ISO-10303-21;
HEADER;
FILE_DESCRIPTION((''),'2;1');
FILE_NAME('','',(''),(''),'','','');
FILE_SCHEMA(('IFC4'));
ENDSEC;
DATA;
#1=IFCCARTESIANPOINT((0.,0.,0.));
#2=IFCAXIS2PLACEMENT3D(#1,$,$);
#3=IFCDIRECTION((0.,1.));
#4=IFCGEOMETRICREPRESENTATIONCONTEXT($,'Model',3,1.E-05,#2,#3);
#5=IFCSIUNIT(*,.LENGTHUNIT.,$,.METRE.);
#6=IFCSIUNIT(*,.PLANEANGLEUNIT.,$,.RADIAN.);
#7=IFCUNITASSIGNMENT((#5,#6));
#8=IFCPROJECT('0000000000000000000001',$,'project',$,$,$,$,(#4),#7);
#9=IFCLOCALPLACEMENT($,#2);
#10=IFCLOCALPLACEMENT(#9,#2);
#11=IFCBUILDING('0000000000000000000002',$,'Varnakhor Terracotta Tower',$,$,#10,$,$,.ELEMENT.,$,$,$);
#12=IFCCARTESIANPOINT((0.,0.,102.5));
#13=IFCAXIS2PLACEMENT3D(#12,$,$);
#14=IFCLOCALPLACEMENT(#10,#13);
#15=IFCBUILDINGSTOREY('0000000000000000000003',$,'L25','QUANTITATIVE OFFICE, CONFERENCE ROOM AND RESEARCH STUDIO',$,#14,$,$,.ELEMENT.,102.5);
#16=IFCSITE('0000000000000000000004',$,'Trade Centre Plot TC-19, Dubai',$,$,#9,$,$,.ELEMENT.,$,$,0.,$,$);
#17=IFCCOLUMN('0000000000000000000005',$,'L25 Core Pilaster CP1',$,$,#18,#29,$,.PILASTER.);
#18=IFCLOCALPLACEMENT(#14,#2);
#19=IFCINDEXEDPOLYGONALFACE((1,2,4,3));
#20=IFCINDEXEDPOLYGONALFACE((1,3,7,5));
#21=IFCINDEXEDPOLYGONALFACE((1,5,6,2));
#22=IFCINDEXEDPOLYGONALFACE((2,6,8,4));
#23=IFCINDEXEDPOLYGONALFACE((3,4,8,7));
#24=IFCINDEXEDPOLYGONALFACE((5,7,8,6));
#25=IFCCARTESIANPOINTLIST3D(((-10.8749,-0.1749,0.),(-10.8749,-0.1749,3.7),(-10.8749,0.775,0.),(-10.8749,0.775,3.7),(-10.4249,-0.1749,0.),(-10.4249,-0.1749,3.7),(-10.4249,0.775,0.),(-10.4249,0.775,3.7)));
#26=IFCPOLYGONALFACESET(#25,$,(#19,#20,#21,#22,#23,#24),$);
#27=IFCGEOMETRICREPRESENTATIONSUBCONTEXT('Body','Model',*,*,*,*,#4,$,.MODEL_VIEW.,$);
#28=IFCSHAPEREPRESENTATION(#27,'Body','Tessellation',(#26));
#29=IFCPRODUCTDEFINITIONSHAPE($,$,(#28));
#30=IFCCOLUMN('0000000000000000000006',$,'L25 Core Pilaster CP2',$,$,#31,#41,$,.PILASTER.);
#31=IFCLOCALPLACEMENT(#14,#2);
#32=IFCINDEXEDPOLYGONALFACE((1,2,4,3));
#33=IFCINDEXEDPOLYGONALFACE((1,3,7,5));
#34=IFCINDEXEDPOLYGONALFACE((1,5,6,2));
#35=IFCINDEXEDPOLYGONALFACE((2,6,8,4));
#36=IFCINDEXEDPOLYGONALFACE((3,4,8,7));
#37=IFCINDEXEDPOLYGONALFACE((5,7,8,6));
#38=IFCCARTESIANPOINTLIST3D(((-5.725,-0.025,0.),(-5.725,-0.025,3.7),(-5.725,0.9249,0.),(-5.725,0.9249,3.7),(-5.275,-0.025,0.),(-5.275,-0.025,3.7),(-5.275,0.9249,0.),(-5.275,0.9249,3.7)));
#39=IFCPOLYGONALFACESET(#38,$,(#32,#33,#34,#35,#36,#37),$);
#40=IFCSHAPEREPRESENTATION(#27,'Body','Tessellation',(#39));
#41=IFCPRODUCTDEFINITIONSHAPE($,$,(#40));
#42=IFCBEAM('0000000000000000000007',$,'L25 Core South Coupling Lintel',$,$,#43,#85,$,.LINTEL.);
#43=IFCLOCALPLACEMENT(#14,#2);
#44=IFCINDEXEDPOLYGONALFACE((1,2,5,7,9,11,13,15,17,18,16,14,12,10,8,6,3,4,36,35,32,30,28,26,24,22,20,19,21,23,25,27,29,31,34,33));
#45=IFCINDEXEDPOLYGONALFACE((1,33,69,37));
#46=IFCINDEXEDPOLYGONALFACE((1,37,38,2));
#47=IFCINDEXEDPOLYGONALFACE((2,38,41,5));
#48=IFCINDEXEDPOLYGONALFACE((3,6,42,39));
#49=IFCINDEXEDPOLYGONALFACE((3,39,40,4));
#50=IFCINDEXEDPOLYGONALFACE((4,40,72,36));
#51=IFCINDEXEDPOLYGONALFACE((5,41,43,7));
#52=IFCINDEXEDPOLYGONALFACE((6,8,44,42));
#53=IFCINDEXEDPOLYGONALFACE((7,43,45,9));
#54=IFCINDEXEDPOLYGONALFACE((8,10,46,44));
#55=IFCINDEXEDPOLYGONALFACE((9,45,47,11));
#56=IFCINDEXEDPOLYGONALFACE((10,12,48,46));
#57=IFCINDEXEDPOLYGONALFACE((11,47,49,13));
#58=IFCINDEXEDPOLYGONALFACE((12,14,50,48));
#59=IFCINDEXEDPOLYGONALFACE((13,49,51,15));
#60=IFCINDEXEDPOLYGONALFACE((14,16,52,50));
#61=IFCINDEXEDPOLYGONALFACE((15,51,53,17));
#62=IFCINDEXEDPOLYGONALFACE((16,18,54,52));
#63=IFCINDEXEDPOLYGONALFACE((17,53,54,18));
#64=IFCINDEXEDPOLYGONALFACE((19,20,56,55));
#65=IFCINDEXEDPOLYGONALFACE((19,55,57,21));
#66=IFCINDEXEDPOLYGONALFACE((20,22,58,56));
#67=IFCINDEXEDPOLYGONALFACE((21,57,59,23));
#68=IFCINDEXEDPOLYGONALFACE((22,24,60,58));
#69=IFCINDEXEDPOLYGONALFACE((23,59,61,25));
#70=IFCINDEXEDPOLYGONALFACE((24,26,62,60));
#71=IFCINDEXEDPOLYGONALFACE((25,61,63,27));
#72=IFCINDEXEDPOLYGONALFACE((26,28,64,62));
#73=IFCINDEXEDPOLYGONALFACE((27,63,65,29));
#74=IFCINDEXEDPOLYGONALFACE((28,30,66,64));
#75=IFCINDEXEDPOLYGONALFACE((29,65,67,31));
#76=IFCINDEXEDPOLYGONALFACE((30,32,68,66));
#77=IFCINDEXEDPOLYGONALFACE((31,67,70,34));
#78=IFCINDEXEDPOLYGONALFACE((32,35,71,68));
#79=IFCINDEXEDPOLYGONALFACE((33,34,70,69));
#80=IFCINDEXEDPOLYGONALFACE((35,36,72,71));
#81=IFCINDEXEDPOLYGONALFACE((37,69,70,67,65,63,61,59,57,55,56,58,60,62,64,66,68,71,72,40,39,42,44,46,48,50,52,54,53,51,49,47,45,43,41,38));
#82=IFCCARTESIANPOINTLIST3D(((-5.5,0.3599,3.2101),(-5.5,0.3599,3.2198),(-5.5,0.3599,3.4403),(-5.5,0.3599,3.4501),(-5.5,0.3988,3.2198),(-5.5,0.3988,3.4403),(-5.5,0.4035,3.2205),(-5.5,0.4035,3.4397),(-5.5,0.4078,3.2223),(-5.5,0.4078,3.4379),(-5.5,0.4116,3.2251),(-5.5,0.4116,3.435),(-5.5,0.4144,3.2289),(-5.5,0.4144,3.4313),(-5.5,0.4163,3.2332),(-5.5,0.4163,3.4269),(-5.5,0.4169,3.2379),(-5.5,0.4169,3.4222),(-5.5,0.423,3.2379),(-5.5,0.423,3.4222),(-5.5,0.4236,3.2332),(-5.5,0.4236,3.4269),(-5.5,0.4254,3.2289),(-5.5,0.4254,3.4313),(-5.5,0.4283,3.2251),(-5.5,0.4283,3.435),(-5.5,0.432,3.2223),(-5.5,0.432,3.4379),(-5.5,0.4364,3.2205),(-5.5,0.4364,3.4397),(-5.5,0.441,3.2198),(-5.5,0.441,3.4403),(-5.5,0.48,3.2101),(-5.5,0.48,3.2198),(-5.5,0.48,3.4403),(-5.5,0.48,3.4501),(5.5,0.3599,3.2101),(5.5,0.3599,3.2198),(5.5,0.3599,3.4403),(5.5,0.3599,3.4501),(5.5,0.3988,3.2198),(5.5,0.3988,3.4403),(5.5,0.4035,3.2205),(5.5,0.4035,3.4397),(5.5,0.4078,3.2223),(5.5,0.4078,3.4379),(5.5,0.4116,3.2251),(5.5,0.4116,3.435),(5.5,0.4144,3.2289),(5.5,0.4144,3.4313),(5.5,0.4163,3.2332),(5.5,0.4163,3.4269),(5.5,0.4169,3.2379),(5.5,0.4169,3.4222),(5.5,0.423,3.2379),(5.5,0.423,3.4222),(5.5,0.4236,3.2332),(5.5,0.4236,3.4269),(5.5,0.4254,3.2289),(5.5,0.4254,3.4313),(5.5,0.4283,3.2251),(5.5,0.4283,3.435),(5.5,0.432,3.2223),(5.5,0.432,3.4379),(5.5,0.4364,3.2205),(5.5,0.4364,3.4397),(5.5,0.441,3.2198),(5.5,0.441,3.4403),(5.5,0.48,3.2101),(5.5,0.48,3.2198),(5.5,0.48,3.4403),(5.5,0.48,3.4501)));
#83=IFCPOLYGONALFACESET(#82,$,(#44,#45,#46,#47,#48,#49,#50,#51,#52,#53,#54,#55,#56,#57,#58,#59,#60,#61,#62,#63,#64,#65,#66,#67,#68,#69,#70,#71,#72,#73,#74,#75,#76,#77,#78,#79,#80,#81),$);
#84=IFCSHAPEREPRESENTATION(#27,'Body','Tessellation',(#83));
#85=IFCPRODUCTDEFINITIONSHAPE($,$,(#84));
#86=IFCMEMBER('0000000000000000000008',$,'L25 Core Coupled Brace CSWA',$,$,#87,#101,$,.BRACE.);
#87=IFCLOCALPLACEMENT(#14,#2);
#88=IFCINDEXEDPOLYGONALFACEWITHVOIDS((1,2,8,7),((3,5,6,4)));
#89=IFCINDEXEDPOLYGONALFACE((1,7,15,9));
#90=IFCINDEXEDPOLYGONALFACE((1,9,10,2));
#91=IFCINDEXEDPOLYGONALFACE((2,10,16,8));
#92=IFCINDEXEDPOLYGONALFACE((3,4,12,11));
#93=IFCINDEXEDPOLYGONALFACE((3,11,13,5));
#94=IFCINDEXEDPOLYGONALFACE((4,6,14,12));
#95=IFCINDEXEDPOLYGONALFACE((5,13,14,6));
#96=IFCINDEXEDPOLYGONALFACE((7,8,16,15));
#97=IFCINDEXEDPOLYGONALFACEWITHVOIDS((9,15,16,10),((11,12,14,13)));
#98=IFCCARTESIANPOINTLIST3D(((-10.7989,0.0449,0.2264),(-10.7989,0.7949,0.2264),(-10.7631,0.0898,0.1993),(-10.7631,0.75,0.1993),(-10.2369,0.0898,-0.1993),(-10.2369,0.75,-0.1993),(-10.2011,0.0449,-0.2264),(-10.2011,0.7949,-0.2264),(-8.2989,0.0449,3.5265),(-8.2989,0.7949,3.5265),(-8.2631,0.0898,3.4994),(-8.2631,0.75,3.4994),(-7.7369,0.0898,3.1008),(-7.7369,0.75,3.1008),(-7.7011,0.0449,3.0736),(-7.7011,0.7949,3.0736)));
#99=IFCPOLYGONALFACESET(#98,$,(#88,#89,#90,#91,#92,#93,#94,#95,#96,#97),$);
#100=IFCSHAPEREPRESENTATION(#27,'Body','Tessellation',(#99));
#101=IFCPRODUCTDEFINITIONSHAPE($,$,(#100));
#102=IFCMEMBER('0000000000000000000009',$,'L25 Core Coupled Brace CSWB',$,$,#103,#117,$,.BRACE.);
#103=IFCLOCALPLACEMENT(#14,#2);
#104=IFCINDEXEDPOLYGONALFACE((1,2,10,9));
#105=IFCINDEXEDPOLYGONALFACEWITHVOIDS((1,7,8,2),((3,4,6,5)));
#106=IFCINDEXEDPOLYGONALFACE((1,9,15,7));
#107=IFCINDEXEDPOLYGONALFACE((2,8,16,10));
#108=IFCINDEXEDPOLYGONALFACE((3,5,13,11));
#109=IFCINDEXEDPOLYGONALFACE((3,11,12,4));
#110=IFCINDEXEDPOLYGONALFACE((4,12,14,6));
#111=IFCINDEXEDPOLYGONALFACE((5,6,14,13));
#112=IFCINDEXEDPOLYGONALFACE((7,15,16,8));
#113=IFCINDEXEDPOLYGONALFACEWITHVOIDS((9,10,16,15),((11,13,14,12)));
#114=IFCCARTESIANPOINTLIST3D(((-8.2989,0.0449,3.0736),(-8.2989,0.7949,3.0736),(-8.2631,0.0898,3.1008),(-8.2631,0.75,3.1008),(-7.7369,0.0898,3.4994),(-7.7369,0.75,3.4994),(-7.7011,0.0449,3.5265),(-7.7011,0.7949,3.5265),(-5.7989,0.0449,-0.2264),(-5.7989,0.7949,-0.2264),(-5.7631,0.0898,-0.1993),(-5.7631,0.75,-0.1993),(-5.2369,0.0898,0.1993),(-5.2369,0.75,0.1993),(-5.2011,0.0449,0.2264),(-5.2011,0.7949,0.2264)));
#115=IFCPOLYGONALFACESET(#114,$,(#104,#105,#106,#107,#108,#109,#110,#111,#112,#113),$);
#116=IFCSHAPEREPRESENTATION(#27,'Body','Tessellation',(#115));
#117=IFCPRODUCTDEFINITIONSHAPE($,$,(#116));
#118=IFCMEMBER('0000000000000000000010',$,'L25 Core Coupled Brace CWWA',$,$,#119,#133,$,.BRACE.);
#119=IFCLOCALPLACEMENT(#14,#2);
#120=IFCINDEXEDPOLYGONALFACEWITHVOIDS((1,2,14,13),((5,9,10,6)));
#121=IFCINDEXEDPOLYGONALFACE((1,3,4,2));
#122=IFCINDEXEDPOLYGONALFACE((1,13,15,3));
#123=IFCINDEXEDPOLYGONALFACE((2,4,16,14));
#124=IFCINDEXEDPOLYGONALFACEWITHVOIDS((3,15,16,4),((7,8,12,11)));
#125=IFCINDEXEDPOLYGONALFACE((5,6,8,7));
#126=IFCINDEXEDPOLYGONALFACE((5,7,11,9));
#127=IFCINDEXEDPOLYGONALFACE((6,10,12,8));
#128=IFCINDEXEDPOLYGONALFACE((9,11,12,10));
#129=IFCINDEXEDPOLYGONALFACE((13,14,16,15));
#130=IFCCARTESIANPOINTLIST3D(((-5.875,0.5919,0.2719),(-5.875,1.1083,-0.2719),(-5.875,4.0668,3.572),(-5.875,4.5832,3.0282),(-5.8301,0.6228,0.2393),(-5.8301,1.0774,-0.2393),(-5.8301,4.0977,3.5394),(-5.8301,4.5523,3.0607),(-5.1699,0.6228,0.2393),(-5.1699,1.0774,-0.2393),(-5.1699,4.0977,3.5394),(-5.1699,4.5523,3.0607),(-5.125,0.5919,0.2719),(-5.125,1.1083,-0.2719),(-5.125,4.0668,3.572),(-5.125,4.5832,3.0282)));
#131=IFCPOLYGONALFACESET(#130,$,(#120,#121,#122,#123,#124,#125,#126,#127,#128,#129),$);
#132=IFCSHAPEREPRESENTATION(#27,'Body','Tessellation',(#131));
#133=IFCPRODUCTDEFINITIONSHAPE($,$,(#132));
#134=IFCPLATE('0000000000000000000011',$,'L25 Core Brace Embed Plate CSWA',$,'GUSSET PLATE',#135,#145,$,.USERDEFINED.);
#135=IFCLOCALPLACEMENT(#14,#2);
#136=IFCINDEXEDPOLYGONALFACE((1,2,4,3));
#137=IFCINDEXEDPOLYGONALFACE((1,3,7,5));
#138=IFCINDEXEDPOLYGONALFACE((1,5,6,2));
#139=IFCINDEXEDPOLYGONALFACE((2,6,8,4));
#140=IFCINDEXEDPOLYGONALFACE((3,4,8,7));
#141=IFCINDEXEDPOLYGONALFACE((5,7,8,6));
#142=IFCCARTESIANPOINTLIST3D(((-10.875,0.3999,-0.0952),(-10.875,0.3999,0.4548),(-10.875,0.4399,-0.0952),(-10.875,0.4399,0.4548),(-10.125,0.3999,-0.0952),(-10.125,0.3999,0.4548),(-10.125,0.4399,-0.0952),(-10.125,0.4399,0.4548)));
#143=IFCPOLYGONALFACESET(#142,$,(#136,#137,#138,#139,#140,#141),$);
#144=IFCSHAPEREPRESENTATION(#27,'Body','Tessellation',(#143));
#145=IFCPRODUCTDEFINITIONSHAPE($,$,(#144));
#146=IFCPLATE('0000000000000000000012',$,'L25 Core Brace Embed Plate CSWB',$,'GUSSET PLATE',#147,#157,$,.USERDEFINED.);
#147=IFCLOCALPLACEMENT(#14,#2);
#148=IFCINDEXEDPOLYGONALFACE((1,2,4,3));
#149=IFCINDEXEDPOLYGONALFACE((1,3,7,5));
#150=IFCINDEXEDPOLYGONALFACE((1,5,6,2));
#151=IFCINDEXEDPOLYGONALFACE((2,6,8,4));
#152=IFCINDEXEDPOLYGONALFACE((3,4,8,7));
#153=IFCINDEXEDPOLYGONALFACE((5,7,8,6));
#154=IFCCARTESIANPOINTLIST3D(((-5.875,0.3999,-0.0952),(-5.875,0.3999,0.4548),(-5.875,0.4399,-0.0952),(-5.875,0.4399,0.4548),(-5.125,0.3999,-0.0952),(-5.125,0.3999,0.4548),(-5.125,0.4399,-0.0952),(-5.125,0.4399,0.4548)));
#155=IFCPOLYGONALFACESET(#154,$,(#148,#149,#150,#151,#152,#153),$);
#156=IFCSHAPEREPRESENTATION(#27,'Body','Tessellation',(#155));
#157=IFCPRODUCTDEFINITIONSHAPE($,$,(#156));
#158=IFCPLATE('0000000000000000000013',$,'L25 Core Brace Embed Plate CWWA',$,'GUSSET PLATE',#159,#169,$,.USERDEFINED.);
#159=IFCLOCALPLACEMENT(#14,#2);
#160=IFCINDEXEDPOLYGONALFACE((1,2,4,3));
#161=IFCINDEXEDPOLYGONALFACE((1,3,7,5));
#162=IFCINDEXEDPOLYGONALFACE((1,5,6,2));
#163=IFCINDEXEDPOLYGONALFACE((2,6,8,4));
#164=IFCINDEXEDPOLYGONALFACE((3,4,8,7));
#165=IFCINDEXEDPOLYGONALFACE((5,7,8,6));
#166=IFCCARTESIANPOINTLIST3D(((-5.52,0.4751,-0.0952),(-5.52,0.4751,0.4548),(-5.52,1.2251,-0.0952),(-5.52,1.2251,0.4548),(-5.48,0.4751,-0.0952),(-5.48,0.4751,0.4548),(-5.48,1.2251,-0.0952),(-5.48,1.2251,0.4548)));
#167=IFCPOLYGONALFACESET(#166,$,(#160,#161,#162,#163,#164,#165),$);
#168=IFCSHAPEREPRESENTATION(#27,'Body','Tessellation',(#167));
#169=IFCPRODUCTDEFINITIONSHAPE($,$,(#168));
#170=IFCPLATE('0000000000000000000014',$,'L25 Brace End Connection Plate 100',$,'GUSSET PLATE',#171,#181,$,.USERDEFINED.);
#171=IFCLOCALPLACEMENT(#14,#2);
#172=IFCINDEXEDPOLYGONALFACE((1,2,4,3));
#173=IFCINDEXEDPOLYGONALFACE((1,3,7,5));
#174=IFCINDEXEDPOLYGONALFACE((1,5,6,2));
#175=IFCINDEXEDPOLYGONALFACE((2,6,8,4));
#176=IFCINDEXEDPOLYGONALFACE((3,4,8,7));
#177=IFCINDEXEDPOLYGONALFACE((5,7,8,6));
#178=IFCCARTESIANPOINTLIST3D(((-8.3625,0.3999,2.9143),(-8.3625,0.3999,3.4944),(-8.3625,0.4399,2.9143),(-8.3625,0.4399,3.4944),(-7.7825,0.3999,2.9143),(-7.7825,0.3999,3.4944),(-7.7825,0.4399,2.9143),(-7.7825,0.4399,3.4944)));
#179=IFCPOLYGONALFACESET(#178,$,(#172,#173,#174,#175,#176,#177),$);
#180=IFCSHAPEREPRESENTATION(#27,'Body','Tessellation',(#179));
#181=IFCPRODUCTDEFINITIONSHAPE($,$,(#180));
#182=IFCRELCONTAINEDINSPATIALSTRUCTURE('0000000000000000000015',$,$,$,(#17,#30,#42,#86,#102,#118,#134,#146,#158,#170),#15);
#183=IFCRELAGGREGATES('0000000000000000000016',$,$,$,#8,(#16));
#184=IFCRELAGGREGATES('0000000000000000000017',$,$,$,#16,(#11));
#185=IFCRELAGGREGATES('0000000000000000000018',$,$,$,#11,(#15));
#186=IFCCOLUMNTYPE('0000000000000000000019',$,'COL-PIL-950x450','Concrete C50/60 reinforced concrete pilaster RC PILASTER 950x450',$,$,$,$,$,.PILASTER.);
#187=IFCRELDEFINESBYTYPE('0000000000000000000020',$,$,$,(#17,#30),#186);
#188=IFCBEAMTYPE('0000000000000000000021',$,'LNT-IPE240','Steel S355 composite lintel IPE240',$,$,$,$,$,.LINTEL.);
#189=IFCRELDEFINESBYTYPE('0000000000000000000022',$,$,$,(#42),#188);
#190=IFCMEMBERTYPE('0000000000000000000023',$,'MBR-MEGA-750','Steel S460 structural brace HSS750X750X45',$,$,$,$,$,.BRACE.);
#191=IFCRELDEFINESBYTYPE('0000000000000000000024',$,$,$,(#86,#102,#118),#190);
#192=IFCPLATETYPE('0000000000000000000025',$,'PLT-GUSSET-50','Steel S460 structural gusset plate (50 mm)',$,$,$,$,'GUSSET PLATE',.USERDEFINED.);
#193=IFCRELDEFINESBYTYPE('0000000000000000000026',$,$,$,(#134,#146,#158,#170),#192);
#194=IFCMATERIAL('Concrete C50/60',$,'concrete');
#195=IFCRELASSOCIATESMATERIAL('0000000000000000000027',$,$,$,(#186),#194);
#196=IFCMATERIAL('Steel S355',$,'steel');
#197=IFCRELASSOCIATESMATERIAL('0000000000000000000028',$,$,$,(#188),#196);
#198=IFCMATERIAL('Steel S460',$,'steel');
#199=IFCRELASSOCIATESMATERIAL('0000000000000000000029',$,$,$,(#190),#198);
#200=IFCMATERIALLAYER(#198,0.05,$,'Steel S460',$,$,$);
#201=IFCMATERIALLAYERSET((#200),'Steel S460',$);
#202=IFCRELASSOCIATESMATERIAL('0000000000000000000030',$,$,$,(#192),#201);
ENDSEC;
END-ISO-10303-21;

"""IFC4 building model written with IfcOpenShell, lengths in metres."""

from ifc_helpers import new_model, si_unit, direction, frame, origin, origin_2d, place, context, subcontext, project, spatial, rectangle, hollow_rectangle, i_section, extrude, source, transform, mapped, material, layer, layer_set, material_profile, profile_set, type_object, type_shapes, element, save


model = new_model("IFC4")

# Units and contexts
model_context = context("Model", 3, precision=1e-05, world=origin(), true_north=direction((0.0, 1.0)))
body_context = subcontext(model_context, "Body", "Model", "MODEL_VIEW")
ifc_project = project(units=[si_unit("LENGTHUNIT", "METRE"), si_unit("PLANEANGLEUNIT", "RADIAN")], contexts=[model_context])

# Site, building, storey
site_placement = place(None, origin())
site = spatial("IfcSite", under=ifc_project, at=site_placement, Name="Trade Centre Plot TC-19, Dubai", CompositionType="ELEMENT", RefElevation=0.0)
building_placement = place(site_placement, origin())
building = spatial("IfcBuilding", under=site, at=building_placement, Name="Varnakhor Terracotta Tower", CompositionType="ELEMENT")
storey_placement = place(building_placement, frame((0.0, 0.0, 102.5)))
storey = spatial("IfcBuildingStorey", under=building, at=storey_placement, Name="L25", Description="QUANTITATIVE OFFICE, CONFERENCE ROOM AND RESEARCH STUDIO", CompositionType="ELEMENT", Elevation=102.5)

# Columns
ifc_material_1 = material(Name="Concrete C50/60", Category="concrete")
ifc_material_profile_1 = material_profile(ifc_material_1, rectangle(XDim=0.45, YDim=0.95, at=origin_2d()), Name="RC PILASTER 950x450")
ifc_profile_set_1 = profile_set([ifc_material_profile_1], Name="Concrete C50/60")
column_type = type_object("IfcColumnType", Name="COL-PIL-950x450", Description="Concrete C50/60 reinforced concrete pilaster RC PILASTER 950x450", PredefinedType="PILASTER", material=ifc_profile_set_1)
shared_shape_1 = source(origin(), body_context, "Body", "SweptSolid", [
    extrude(rectangle(XDim=0.45, YDim=0.95, at=origin_2d()), origin(), (0.0, 0.0, 1.0), 3.7),
])
for number, where, z_axis, x_axis, name in (
    (1, (-10.6499, 0.3, 0.0), (0.0, 0.0, 1.0), (1.0, 0.0, 0.0), "L25 Core Pilaster CP1"),
    (2, (-5.5, 0.45, 0.0), (0.0, 0.0, 1.0), (1.0, 0.0, 0.0), "L25 Core Pilaster CP2"),
):
    element("IfcColumn", number, at=place(storey_placement, frame(where, z_axis=z_axis, x_axis=x_axis)), inside=storey, type_object=column_type, Name=name, PredefinedType="PILASTER", context=body_context, shape_type="MappedRepresentation", body=[
        mapped(shared_shape_1, transform((0.0, 0.0, 0.0), scale=1.0)),
    ])

# Beam
ifc_material_2 = material(Name="Steel S355", Category="steel")
ifc_material_profile_2 = material_profile(ifc_material_2, i_section(OverallWidth=0.1201, OverallDepth=0.24, WebThickness=0.0061, FlangeThickness=0.0098, FilletRadius=0.0181, at=origin_2d()), Name="IPE240")
ifc_profile_set_2 = profile_set([ifc_material_profile_2], Name="Steel S355")
beam_type = type_object("IfcBeamType", Name="LNT-IPE240", Description="Steel S355 composite lintel IPE240", PredefinedType="LINTEL", material=ifc_profile_set_2)
shared_shape_2 = source(origin(), body_context, "Body", "SweptSolid", [
    extrude(i_section(OverallWidth=0.1201, OverallDepth=0.24, WebThickness=0.0061, FlangeThickness=0.0098, FilletRadius=0.0181, at=origin_2d()), origin(), (0.0, 0.0, 1.0), 11.0),
])
type_shapes(beam_type, [shared_shape_2])
beam_placement = place(storey_placement, frame((-5.5, 0.4199, 3.3301), z_axis=(1.0, 0.0, 0.0), x_axis=(0.0, 1.0, 0.0)))
element("IfcBeam", 3, at=beam_placement, inside=storey, type_object=beam_type, Name="L25 Core South Coupling Lintel", PredefinedType="LINTEL", context=body_context, shape_type="MappedRepresentation", body=[
    mapped(shared_shape_2, transform((0.0, 0.0, 0.0), scale=1.0)),
])

# Members
ifc_material_3 = material(Name="Steel S460", Category="steel")
ifc_material_profile_3 = material_profile(ifc_material_3, hollow_rectangle(XDim=0.75, YDim=0.75, WallThickness=0.0449, at=origin_2d()), Name="HSS750X750X45")
ifc_profile_set_3 = profile_set([ifc_material_profile_3], Name="Steel S460")
member_type = type_object("IfcMemberType", Name="MBR-MEGA-750", Description="Steel S460 structural brace HSS750X750X45", PredefinedType="BRACE", material=ifc_profile_set_3)
shared_shape_3 = source(origin(), body_context, "Body", "SweptSolid", [
    extrude(hollow_rectangle(XDim=0.75, YDim=0.75, WallThickness=0.0449, at=origin_2d()), origin(), (0.0, 0.0, 1.0), 4.1401),
])
type_shapes(member_type, [shared_shape_3])
for number, where, z_axis, x_axis, name in (
    (4, (-10.5, 0.4199, 0.0), (0.603852, 0.0, 0.797096), (0.0, 1.0, 0.0), "L25 Core Coupled Brace CSWA"),
    (5, (-5.5, 0.4199, 0.0), (-0.603852, 0.0, 0.797096), (0.0, -1.0, 0.0), "L25 Core Coupled Brace CSWB"),
):
    element("IfcMember", number, at=place(storey_placement, frame(where, z_axis=z_axis, x_axis=x_axis)), inside=storey, type_object=member_type, Name=name, PredefinedType="BRACE", context=body_context, shape_type="MappedRepresentation", body=[
        mapped(shared_shape_3, transform((0.0, 0.0, 0.0), scale=1.0)),
    ])
shared_shape_4 = source(origin(), body_context, "Body", "SweptSolid", [
    extrude(hollow_rectangle(XDim=0.75, YDim=0.75, WallThickness=0.0449, at=origin_2d()), origin(), (0.0, 0.0, 1.0), 4.7922),
])
member_placement = place(storey_placement, frame((-5.5, 0.8501, 0.0), z_axis=(0.0, 0.72511, 0.688633), x_axis=(-1.0, 0.0, 0.0)))
element("IfcMember", 6, at=member_placement, inside=storey, type_object=member_type, Name="L25 Core Coupled Brace CWWA", PredefinedType="BRACE", context=body_context, shape_type="MappedRepresentation", body=[
    mapped(shared_shape_4, transform((0.0, 0.0, 0.0), scale=1.0)),
])

# Plates
ifc_layer_1 = layer(ifc_material_3, 0.05, Name="Steel S460")
ifc_layer_set_1 = layer_set([ifc_layer_1], Name="Steel S460")
plate_type = type_object("IfcPlateType", Name="PLT-GUSSET-50", Description="Steel S460 structural gusset plate (50 mm)", ElementType="GUSSET PLATE", PredefinedType="USERDEFINED", material=ifc_layer_set_1)
shared_shape_5 = source(origin(), body_context, "Body", "SweptSolid", [
    extrude(rectangle(XDim=0.75, YDim=0.04, at=origin_2d()), origin(), (0.0, 0.0, 1.0), 0.55),
])
type_shapes(plate_type, [shared_shape_5])
for number, where, z_axis, x_axis, name in (
    (7, (-10.5, 0.4199, -0.0952), (0.0, 0.0, 1.0), (1.0, 0.0, 0.0), "L25 Core Brace Embed Plate CSWA"),
    (8, (-5.5, 0.4199, -0.0952), (0.0, 0.0, 1.0), (1.0, 0.0, 0.0), "L25 Core Brace Embed Plate CSWB"),
    (9, (-5.5, 0.8501, -0.0952), (0.0, 0.0, 1.0), (0.0, 1.0, 0.0), "L25 Core Brace Embed Plate CWWA"),
):
    element("IfcPlate", number, at=place(storey_placement, frame(where, z_axis=z_axis, x_axis=x_axis)), inside=storey, type_object=plate_type, Name=name, ObjectType="GUSSET PLATE", PredefinedType="USERDEFINED", context=body_context, shape_type="MappedRepresentation", body=[
        mapped(shared_shape_5, transform((0.0, 0.0, 0.0), scale=1.0)),
    ])
shared_shape_6 = source(origin(), body_context, "Body", "SweptSolid", [
    extrude(rectangle(XDim=0.5801, YDim=0.04, at=origin_2d()), origin(), (0.0, 0.0, 1.0), 0.5801),
])
plate_placement = place(storey_placement, frame((-8.0725, 0.4199, 2.9143), z_axis=(0.0, 0.0, 1.0), x_axis=(1.0, 0.0, 0.0)))
element("IfcPlate", 10, at=plate_placement, inside=storey, type_object=plate_type, Name="L25 Brace End Connection Plate 100", ObjectType="GUSSET PLATE", PredefinedType="USERDEFINED", context=body_context, shape_type="MappedRepresentation", body=[
    mapped(shared_shape_6, transform((0.0, 0.0, 0.0), scale=1.0)),
])

save(model, "model.ifc")
